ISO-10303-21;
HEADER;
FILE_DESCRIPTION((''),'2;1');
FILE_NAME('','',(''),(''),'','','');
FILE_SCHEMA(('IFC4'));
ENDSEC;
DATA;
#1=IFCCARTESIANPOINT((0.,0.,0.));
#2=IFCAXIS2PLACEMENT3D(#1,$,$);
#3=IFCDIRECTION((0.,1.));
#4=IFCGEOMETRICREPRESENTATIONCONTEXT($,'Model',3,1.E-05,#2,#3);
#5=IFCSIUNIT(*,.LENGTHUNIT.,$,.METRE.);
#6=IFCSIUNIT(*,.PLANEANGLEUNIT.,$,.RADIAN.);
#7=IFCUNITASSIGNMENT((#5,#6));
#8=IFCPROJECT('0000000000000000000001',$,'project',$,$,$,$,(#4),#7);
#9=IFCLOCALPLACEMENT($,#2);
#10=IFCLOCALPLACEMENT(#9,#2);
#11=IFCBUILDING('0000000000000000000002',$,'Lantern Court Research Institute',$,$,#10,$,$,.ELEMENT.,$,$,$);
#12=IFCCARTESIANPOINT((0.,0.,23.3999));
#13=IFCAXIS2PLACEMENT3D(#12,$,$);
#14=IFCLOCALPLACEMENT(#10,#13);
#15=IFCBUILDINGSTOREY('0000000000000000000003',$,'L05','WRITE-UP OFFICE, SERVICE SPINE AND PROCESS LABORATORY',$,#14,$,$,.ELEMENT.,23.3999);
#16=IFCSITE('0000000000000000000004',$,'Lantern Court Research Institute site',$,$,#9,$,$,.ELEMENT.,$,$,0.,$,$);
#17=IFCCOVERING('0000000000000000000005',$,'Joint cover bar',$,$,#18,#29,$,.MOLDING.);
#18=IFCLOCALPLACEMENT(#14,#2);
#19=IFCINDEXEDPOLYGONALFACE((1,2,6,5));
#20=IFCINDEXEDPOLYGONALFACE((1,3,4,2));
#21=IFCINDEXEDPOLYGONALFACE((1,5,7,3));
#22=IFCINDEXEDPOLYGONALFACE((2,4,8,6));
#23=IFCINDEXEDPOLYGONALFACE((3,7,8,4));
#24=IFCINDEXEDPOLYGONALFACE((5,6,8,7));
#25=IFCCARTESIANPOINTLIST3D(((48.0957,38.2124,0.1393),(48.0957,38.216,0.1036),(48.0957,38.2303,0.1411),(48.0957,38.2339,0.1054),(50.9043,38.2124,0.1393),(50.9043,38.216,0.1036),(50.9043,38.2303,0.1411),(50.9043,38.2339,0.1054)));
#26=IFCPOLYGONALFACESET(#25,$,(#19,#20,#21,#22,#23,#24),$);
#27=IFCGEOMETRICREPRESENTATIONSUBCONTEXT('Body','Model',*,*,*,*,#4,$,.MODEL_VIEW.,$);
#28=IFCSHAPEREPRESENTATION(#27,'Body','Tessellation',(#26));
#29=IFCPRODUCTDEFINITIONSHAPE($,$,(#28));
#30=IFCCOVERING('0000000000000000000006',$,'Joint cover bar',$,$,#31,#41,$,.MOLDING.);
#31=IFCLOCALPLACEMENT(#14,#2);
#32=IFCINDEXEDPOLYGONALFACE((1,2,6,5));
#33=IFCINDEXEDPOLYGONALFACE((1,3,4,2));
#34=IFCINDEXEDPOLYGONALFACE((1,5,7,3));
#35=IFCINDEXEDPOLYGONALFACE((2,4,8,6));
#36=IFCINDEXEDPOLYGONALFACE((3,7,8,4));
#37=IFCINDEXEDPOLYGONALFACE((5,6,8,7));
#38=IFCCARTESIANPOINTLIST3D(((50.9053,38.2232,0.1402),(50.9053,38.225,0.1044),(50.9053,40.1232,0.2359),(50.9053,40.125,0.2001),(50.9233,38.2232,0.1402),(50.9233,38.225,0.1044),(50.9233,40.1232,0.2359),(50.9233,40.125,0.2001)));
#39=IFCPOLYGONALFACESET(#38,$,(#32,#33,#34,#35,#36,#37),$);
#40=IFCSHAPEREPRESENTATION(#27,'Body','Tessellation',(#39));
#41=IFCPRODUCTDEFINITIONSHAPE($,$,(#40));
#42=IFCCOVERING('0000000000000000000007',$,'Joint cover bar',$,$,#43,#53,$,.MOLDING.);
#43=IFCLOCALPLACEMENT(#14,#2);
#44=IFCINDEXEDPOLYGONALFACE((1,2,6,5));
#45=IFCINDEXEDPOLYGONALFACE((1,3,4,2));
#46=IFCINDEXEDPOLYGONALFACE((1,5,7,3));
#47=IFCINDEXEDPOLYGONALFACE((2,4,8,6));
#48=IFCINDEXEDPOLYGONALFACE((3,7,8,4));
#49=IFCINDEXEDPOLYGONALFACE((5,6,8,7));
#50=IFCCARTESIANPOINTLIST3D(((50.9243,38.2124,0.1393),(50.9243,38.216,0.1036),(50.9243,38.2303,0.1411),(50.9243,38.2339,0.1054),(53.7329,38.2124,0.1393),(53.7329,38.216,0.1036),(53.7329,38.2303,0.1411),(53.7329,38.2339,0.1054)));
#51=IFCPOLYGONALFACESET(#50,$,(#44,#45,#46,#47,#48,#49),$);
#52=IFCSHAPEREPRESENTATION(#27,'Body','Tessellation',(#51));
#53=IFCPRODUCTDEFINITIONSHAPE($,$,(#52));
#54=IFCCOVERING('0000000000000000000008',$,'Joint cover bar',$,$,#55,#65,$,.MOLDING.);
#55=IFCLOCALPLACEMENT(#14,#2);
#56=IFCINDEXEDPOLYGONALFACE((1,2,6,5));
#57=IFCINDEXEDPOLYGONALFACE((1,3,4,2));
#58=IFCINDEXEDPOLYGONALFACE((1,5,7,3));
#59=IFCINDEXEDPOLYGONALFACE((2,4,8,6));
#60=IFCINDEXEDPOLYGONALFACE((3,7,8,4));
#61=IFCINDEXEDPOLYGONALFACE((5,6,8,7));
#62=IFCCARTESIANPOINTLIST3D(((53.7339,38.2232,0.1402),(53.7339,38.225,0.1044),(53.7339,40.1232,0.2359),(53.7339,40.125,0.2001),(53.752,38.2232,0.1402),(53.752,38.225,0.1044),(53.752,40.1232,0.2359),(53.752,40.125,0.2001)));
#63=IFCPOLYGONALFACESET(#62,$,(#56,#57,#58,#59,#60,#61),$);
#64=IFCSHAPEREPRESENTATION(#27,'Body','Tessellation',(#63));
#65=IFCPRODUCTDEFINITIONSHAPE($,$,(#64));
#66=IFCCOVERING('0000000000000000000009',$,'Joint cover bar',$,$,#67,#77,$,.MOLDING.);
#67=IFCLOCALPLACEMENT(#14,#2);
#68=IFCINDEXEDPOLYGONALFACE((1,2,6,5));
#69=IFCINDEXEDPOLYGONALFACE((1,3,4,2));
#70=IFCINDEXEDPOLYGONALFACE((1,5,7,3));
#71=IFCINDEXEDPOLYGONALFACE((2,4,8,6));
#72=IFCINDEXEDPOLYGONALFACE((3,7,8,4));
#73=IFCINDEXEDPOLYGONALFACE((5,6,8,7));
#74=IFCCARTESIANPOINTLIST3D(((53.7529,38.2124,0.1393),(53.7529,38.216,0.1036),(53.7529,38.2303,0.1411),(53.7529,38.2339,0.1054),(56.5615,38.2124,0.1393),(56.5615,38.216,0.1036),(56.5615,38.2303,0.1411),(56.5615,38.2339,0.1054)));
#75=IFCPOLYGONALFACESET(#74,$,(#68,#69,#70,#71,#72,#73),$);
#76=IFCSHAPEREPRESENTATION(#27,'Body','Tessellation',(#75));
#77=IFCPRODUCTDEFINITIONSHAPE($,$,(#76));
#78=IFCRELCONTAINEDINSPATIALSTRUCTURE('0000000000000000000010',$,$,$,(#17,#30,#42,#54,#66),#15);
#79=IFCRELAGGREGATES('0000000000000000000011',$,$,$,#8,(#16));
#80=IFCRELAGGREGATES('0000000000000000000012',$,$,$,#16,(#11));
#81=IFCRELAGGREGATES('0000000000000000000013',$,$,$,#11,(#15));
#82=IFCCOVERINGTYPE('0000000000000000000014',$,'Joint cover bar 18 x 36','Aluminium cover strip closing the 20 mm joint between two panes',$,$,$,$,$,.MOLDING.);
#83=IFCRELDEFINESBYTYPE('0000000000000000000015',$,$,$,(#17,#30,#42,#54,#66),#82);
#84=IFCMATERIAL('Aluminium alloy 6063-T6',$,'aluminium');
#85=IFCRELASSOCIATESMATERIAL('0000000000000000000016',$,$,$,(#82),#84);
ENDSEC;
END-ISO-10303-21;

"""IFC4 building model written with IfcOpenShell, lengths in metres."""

from ifc_helpers import new_model, si_unit, direction, frame, origin, origin_2d, place, context, subcontext, project, spatial, rectangle, extrude, material, material_profile, profile_set, type_object, element, save


model = new_model("IFC4")

# Units and contexts
model_context = context("Model", 3, precision=1e-05, world=origin(), true_north=direction((0.0, 1.0)))
body_context = subcontext(model_context, "Body", "Model", "MODEL_VIEW")
ifc_project = project(units=[si_unit("LENGTHUNIT", "METRE"), si_unit("PLANEANGLEUNIT", "RADIAN")], contexts=[model_context])

# Site, building, storey
site_placement = place(None, origin())
site = spatial("IfcSite", under=ifc_project, at=site_placement, Name="Lantern Court Research Institute site", CompositionType="ELEMENT", RefElevation=0.0)
building_placement = place(site_placement, origin())
building = spatial("IfcBuilding", under=site, at=building_placement, Name="Lantern Court Research Institute", CompositionType="ELEMENT")
storey_placement = place(building_placement, frame((0.0, 0.0, 23.3999)))
storey = spatial("IfcBuildingStorey", under=building, at=storey_placement, Name="L05", Description="WRITE-UP OFFICE, SERVICE SPINE AND PROCESS LABORATORY", CompositionType="ELEMENT", Elevation=23.3999)

# Coverings
ifc_material_1 = material(Name="Aluminium alloy 6063-T6", Category="aluminium")
ifc_material_profile_1 = material_profile(ifc_material_1, rectangle(XDim=0.0181, YDim=0.0359, at=origin_2d()), Name="Joint cover bar 18 x 36")
ifc_profile_set_1 = profile_set([ifc_material_profile_1], Name="Aluminium alloy 6063-T6")
covering_type_1 = type_object("IfcCoveringType", Name="Joint cover bar 18 x 36", Description="Aluminium cover strip closing the 20 mm joint between two panes", PredefinedType="MOLDING", material=ifc_profile_set_1)
covering_1_placement = place(storey_placement, frame((48.0957, 38.2231, 0.1223), z_axis=(1.0, 0.0, 0.0), x_axis=(0.0, 0.994934, 0.100531)))
element("IfcCovering", 1, at=covering_1_placement, inside=storey, type_object=covering_type_1, Name="Joint cover bar", PredefinedType="MOLDING", context=body_context, shape_type="SweptSolid", body=[
    extrude(rectangle(XDim=0.0181, YDim=0.0359, at=origin_2d()), origin(), (0.0, 0.0, 1.0), 2.8086),
])
covering_2_placement = place(storey_placement, frame((50.9143, 38.2241, 0.1223), z_axis=(0.0, 0.998734, 0.050309), x_axis=(-1.0, 0.0, 0.0)))
element("IfcCovering", 2, at=covering_2_placement, inside=storey, type_object=covering_type_1, Name="Joint cover bar", PredefinedType="MOLDING", context=body_context, shape_type="SweptSolid", body=[
    extrude(rectangle(XDim=0.0181, YDim=0.0359, at=origin_2d()), origin(), (0.0, 0.0, 1.0), 1.9023),
])
covering_3_placement = place(storey_placement, frame((50.9243, 38.2231, 0.1223), z_axis=(1.0, 0.0, 0.0), x_axis=(0.0, 0.994934, 0.100531)))
element("IfcCovering", 3, at=covering_3_placement, inside=storey, type_object=covering_type_1, Name="Joint cover bar", PredefinedType="MOLDING", context=body_context, shape_type="SweptSolid", body=[
    extrude(rectangle(XDim=0.0181, YDim=0.0359, at=origin_2d()), origin(), (0.0, 0.0, 1.0), 2.8086),
])
covering_4_placement = place(storey_placement, frame((53.7429, 38.2241, 0.1223), z_axis=(0.0, 0.998734, 0.050309), x_axis=(-1.0, 0.0, 0.0)))
element("IfcCovering", 4, at=covering_4_placement, inside=storey, type_object=covering_type_1, Name="Joint cover bar", PredefinedType="MOLDING", context=body_context, shape_type="SweptSolid", body=[
    extrude(rectangle(XDim=0.0181, YDim=0.0359, at=origin_2d()), origin(), (0.0, 0.0, 1.0), 1.9023),
])
covering_5_placement = place(storey_placement, frame((53.7529, 38.2231, 0.1223), z_axis=(1.0, 0.0, 0.0), x_axis=(0.0, 0.994934, 0.100531)))
element("IfcCovering", 5, at=covering_5_placement, inside=storey, type_object=covering_type_1, Name="Joint cover bar", PredefinedType="MOLDING", context=body_context, shape_type="SweptSolid", body=[
    extrude(rectangle(XDim=0.0181, YDim=0.0359, at=origin_2d()), origin(), (0.0, 0.0, 1.0), 2.8086),
])

save(model, "model.ifc")
